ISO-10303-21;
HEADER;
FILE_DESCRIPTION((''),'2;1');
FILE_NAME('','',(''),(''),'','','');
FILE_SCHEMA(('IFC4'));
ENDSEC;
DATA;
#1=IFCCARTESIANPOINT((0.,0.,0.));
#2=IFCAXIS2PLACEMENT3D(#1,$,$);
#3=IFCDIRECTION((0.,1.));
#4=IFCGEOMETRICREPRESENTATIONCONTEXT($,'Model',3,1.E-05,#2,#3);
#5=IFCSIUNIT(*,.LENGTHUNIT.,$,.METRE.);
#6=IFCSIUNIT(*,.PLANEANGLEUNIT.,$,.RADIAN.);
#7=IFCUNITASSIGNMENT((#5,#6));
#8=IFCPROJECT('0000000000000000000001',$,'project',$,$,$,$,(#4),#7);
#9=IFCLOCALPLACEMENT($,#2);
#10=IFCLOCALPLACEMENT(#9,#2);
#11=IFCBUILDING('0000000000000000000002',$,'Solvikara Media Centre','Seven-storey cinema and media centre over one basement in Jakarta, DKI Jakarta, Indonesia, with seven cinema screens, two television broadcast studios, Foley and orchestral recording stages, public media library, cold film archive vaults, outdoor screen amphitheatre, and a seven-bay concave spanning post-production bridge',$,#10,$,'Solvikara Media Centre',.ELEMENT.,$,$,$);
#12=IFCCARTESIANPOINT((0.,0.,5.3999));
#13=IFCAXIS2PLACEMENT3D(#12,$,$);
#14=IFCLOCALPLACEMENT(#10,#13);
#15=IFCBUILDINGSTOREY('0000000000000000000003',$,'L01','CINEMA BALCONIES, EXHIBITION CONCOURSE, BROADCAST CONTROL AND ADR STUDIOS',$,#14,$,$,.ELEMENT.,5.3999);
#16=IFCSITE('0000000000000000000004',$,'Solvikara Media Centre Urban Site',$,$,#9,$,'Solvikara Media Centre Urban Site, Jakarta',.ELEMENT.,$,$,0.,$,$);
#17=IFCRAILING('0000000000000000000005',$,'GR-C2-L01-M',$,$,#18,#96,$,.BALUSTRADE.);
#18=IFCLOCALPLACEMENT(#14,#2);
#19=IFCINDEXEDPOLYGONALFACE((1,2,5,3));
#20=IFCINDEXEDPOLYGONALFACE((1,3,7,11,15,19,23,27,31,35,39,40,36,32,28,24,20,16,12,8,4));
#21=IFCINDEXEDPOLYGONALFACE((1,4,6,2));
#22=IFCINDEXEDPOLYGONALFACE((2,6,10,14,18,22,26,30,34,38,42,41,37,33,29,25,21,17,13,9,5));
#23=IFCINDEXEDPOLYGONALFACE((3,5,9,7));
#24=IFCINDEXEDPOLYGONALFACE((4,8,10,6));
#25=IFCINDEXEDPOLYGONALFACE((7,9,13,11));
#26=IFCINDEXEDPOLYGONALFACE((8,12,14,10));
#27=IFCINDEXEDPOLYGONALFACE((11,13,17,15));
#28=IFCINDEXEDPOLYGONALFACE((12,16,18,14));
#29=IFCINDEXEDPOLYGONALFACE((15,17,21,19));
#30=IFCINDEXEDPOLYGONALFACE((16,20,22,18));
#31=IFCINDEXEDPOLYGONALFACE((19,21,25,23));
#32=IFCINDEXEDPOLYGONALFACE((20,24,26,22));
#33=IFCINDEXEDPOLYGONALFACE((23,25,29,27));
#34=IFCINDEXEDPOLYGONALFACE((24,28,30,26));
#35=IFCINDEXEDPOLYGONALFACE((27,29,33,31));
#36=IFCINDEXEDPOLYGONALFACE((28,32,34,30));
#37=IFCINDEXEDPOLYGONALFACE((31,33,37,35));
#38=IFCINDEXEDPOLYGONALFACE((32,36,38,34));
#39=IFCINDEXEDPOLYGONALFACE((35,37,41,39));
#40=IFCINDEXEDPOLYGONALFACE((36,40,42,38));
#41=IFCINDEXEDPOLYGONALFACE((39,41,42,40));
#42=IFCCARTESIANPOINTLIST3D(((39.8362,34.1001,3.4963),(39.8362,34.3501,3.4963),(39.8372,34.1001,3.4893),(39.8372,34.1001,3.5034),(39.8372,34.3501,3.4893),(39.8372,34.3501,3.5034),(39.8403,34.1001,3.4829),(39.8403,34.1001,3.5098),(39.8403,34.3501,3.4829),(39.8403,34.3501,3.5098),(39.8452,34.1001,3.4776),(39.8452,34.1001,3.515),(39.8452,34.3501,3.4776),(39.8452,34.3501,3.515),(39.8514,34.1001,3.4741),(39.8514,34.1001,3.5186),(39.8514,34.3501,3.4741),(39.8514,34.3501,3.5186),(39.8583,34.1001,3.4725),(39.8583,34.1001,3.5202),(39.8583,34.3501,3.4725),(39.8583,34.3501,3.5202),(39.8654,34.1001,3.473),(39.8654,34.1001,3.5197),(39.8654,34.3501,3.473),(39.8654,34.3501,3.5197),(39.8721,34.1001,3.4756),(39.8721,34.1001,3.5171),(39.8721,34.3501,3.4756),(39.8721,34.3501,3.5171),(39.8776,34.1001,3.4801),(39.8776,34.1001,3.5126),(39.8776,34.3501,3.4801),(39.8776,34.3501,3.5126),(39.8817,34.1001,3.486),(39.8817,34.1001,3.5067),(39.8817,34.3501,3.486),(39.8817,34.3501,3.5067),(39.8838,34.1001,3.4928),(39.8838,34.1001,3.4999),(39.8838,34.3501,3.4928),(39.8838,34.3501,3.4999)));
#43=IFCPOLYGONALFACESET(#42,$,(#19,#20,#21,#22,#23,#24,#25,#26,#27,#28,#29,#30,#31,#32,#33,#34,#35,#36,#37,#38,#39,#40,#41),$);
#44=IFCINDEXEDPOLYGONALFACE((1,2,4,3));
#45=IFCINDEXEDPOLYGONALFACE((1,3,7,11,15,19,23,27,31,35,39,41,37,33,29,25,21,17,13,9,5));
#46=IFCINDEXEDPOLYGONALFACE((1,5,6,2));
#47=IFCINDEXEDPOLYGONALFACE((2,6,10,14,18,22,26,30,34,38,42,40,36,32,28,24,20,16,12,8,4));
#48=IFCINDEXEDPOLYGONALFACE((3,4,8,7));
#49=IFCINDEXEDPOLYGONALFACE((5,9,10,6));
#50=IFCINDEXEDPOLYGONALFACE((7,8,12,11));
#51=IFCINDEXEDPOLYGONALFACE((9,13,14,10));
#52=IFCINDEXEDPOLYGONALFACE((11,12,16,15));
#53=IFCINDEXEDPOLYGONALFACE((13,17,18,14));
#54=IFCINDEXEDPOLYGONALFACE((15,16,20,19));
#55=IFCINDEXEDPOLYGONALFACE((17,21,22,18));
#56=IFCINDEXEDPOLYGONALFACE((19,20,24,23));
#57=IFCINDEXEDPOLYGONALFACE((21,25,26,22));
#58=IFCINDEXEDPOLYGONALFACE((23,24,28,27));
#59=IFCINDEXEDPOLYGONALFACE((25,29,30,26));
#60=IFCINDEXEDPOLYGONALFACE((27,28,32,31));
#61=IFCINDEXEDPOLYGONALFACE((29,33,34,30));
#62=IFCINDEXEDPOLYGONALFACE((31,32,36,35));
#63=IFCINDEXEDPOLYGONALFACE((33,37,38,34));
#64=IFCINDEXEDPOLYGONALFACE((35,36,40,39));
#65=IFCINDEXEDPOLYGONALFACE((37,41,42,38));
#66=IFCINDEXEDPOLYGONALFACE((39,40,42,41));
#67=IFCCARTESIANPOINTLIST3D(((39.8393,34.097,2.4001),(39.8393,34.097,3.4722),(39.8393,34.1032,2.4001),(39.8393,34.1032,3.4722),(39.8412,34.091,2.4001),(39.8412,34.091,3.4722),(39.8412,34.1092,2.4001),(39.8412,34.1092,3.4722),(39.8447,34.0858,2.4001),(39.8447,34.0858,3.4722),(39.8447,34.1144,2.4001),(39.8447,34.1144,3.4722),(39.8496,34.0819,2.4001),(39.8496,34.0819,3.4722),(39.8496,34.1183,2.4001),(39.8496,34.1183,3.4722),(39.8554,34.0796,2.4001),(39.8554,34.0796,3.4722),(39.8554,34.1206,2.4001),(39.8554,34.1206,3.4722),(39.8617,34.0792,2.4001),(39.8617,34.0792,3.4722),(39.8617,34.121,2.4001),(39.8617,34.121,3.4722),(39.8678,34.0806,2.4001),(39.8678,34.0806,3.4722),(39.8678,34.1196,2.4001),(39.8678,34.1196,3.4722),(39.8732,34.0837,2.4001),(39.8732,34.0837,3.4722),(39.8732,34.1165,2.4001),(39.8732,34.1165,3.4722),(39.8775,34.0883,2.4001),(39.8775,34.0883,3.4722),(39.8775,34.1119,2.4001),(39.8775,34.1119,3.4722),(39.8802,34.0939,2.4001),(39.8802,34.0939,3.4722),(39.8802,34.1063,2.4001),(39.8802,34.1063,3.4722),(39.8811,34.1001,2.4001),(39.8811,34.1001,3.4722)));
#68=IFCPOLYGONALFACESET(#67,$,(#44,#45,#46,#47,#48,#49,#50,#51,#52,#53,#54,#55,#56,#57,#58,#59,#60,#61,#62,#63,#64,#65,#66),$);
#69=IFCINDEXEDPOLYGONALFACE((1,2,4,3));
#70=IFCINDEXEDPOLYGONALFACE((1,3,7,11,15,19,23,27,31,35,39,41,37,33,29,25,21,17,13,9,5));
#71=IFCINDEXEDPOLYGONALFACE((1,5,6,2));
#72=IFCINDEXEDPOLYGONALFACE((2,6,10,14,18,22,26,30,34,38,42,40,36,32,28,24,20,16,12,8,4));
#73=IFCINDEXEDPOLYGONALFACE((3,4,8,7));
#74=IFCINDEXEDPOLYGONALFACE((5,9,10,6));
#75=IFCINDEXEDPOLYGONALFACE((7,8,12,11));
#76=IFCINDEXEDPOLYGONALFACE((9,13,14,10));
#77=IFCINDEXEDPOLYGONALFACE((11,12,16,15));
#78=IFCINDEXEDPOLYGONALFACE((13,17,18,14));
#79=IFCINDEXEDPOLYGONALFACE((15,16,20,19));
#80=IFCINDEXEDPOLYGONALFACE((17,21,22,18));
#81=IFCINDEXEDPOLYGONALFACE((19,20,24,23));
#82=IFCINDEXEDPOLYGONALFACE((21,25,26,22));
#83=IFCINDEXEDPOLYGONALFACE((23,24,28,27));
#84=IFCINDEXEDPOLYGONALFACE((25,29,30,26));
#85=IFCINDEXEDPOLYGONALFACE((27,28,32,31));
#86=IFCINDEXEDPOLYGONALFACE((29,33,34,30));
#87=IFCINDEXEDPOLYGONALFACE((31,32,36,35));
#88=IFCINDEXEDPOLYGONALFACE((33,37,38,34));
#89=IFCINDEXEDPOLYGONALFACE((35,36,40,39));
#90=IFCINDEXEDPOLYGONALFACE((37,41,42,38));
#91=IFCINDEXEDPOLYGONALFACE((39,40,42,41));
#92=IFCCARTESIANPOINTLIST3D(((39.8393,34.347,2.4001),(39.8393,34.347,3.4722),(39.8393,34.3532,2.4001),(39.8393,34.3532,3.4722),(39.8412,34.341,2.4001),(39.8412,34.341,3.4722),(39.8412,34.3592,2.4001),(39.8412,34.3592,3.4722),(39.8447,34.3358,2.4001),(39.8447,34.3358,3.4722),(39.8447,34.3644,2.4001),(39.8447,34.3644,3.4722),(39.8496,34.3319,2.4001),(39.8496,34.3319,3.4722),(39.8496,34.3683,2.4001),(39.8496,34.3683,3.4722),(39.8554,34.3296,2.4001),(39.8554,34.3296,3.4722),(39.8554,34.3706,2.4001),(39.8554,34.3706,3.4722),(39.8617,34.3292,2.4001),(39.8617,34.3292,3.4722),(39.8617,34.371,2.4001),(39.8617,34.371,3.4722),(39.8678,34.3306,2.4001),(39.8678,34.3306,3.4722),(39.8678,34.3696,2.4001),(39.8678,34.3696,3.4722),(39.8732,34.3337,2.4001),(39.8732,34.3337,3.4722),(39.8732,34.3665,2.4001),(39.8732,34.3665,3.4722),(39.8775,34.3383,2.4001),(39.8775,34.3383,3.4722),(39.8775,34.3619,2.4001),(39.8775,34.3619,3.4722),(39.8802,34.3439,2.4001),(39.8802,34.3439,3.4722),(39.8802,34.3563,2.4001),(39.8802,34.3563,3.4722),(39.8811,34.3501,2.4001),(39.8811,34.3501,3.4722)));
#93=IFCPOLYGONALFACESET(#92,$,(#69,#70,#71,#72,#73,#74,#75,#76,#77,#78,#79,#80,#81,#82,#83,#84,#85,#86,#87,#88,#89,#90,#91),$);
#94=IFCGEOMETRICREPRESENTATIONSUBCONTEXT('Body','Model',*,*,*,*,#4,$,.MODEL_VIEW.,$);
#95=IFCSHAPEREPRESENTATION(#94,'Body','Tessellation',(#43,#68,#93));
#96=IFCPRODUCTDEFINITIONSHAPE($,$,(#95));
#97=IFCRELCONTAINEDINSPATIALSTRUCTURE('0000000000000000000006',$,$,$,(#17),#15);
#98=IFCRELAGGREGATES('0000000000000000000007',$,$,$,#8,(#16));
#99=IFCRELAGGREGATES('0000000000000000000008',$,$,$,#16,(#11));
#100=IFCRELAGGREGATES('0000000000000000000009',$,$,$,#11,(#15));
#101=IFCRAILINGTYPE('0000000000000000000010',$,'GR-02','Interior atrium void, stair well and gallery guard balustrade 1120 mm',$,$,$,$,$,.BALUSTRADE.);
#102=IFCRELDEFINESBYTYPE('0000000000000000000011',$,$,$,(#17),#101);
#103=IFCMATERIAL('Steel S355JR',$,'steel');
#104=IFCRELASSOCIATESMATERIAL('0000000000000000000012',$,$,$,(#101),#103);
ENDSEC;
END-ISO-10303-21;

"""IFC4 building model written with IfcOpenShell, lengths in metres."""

from ifc_helpers import new_model, si_unit, direction, frame, origin, origin_2d, place, context, subcontext, project, spatial, circle, extrude, material, type_object, element, save


model = new_model("IFC4")

# Units and contexts
model_context = context("Model", 3, precision=1e-05, world=origin(), true_north=direction((0.0, 1.0)))
body_context = subcontext(model_context, "Body", "Model", "MODEL_VIEW")
ifc_project = project(units=[si_unit("LENGTHUNIT", "METRE"), si_unit("PLANEANGLEUNIT", "RADIAN")], contexts=[model_context])

# Site, building, storey
site_placement = place(None, origin())
site = spatial("IfcSite", under=ifc_project, at=site_placement, Name="Solvikara Media Centre Urban Site", LongName="Solvikara Media Centre Urban Site, Jakarta", CompositionType="ELEMENT", RefElevation=0.0)
building_placement = place(site_placement, origin())
building = spatial("IfcBuilding", under=site, at=building_placement, Name="Solvikara Media Centre", Description="Seven-storey cinema and media centre over one basement in Jakarta, DKI Jakarta, Indonesia, with seven cinema screens, two television broadcast studios, Foley and orchestral recording stages, public media library, cold film archive vaults, outdoor screen amphitheatre, and a seven-bay concave spanning post-production bridge", LongName="Solvikara Media Centre", CompositionType="ELEMENT")
storey_placement = place(building_placement, frame((0.0, 0.0, 5.3999)))
storey = spatial("IfcBuildingStorey", under=building, at=storey_placement, Name="L01", Description="CINEMA BALCONIES, EXHIBITION CONCOURSE, BROADCAST CONTROL AND ADR STUDIOS", CompositionType="ELEMENT", Elevation=5.3999)

# Shared definitions
ifc_material_1 = material(Name="Steel S355JR", Category="steel")

# Railing
railing_type_1 = type_object("IfcRailingType", Name="GR-02", Description="Interior atrium void, stair well and gallery guard balustrade 1120 mm", PredefinedType="BALUSTRADE", material=ifc_material_1)
railing_1_placement = place(storey_placement, frame((39.8601, 34.1001, 2.4001)))
element("IfcRailing", 1, at=railing_1_placement, inside=storey, type_object=railing_type_1, Name="GR-C2-L01-M", PredefinedType="BALUSTRADE", context=body_context, shape_type="SweptSolid", body=[
    extrude(circle(Radius=0.0239, at=origin_2d()), frame((0.0, 0.0, 1.0962), z_axis=(0.0, 1.0, 0.0), x_axis=(-1.0, 0.0, 0.0)), (0.0, 0.0, 1.0), 0.25),
    extrude(circle(Radius=0.021, at=origin_2d()), origin(), (0.0, 0.0, 1.0), 1.072),
    extrude(circle(Radius=0.021, at=origin_2d()), frame((0.0, 0.25, 0.0)), (0.0, 0.0, 1.0), 1.072),
])

save(model, "model.ifc")
